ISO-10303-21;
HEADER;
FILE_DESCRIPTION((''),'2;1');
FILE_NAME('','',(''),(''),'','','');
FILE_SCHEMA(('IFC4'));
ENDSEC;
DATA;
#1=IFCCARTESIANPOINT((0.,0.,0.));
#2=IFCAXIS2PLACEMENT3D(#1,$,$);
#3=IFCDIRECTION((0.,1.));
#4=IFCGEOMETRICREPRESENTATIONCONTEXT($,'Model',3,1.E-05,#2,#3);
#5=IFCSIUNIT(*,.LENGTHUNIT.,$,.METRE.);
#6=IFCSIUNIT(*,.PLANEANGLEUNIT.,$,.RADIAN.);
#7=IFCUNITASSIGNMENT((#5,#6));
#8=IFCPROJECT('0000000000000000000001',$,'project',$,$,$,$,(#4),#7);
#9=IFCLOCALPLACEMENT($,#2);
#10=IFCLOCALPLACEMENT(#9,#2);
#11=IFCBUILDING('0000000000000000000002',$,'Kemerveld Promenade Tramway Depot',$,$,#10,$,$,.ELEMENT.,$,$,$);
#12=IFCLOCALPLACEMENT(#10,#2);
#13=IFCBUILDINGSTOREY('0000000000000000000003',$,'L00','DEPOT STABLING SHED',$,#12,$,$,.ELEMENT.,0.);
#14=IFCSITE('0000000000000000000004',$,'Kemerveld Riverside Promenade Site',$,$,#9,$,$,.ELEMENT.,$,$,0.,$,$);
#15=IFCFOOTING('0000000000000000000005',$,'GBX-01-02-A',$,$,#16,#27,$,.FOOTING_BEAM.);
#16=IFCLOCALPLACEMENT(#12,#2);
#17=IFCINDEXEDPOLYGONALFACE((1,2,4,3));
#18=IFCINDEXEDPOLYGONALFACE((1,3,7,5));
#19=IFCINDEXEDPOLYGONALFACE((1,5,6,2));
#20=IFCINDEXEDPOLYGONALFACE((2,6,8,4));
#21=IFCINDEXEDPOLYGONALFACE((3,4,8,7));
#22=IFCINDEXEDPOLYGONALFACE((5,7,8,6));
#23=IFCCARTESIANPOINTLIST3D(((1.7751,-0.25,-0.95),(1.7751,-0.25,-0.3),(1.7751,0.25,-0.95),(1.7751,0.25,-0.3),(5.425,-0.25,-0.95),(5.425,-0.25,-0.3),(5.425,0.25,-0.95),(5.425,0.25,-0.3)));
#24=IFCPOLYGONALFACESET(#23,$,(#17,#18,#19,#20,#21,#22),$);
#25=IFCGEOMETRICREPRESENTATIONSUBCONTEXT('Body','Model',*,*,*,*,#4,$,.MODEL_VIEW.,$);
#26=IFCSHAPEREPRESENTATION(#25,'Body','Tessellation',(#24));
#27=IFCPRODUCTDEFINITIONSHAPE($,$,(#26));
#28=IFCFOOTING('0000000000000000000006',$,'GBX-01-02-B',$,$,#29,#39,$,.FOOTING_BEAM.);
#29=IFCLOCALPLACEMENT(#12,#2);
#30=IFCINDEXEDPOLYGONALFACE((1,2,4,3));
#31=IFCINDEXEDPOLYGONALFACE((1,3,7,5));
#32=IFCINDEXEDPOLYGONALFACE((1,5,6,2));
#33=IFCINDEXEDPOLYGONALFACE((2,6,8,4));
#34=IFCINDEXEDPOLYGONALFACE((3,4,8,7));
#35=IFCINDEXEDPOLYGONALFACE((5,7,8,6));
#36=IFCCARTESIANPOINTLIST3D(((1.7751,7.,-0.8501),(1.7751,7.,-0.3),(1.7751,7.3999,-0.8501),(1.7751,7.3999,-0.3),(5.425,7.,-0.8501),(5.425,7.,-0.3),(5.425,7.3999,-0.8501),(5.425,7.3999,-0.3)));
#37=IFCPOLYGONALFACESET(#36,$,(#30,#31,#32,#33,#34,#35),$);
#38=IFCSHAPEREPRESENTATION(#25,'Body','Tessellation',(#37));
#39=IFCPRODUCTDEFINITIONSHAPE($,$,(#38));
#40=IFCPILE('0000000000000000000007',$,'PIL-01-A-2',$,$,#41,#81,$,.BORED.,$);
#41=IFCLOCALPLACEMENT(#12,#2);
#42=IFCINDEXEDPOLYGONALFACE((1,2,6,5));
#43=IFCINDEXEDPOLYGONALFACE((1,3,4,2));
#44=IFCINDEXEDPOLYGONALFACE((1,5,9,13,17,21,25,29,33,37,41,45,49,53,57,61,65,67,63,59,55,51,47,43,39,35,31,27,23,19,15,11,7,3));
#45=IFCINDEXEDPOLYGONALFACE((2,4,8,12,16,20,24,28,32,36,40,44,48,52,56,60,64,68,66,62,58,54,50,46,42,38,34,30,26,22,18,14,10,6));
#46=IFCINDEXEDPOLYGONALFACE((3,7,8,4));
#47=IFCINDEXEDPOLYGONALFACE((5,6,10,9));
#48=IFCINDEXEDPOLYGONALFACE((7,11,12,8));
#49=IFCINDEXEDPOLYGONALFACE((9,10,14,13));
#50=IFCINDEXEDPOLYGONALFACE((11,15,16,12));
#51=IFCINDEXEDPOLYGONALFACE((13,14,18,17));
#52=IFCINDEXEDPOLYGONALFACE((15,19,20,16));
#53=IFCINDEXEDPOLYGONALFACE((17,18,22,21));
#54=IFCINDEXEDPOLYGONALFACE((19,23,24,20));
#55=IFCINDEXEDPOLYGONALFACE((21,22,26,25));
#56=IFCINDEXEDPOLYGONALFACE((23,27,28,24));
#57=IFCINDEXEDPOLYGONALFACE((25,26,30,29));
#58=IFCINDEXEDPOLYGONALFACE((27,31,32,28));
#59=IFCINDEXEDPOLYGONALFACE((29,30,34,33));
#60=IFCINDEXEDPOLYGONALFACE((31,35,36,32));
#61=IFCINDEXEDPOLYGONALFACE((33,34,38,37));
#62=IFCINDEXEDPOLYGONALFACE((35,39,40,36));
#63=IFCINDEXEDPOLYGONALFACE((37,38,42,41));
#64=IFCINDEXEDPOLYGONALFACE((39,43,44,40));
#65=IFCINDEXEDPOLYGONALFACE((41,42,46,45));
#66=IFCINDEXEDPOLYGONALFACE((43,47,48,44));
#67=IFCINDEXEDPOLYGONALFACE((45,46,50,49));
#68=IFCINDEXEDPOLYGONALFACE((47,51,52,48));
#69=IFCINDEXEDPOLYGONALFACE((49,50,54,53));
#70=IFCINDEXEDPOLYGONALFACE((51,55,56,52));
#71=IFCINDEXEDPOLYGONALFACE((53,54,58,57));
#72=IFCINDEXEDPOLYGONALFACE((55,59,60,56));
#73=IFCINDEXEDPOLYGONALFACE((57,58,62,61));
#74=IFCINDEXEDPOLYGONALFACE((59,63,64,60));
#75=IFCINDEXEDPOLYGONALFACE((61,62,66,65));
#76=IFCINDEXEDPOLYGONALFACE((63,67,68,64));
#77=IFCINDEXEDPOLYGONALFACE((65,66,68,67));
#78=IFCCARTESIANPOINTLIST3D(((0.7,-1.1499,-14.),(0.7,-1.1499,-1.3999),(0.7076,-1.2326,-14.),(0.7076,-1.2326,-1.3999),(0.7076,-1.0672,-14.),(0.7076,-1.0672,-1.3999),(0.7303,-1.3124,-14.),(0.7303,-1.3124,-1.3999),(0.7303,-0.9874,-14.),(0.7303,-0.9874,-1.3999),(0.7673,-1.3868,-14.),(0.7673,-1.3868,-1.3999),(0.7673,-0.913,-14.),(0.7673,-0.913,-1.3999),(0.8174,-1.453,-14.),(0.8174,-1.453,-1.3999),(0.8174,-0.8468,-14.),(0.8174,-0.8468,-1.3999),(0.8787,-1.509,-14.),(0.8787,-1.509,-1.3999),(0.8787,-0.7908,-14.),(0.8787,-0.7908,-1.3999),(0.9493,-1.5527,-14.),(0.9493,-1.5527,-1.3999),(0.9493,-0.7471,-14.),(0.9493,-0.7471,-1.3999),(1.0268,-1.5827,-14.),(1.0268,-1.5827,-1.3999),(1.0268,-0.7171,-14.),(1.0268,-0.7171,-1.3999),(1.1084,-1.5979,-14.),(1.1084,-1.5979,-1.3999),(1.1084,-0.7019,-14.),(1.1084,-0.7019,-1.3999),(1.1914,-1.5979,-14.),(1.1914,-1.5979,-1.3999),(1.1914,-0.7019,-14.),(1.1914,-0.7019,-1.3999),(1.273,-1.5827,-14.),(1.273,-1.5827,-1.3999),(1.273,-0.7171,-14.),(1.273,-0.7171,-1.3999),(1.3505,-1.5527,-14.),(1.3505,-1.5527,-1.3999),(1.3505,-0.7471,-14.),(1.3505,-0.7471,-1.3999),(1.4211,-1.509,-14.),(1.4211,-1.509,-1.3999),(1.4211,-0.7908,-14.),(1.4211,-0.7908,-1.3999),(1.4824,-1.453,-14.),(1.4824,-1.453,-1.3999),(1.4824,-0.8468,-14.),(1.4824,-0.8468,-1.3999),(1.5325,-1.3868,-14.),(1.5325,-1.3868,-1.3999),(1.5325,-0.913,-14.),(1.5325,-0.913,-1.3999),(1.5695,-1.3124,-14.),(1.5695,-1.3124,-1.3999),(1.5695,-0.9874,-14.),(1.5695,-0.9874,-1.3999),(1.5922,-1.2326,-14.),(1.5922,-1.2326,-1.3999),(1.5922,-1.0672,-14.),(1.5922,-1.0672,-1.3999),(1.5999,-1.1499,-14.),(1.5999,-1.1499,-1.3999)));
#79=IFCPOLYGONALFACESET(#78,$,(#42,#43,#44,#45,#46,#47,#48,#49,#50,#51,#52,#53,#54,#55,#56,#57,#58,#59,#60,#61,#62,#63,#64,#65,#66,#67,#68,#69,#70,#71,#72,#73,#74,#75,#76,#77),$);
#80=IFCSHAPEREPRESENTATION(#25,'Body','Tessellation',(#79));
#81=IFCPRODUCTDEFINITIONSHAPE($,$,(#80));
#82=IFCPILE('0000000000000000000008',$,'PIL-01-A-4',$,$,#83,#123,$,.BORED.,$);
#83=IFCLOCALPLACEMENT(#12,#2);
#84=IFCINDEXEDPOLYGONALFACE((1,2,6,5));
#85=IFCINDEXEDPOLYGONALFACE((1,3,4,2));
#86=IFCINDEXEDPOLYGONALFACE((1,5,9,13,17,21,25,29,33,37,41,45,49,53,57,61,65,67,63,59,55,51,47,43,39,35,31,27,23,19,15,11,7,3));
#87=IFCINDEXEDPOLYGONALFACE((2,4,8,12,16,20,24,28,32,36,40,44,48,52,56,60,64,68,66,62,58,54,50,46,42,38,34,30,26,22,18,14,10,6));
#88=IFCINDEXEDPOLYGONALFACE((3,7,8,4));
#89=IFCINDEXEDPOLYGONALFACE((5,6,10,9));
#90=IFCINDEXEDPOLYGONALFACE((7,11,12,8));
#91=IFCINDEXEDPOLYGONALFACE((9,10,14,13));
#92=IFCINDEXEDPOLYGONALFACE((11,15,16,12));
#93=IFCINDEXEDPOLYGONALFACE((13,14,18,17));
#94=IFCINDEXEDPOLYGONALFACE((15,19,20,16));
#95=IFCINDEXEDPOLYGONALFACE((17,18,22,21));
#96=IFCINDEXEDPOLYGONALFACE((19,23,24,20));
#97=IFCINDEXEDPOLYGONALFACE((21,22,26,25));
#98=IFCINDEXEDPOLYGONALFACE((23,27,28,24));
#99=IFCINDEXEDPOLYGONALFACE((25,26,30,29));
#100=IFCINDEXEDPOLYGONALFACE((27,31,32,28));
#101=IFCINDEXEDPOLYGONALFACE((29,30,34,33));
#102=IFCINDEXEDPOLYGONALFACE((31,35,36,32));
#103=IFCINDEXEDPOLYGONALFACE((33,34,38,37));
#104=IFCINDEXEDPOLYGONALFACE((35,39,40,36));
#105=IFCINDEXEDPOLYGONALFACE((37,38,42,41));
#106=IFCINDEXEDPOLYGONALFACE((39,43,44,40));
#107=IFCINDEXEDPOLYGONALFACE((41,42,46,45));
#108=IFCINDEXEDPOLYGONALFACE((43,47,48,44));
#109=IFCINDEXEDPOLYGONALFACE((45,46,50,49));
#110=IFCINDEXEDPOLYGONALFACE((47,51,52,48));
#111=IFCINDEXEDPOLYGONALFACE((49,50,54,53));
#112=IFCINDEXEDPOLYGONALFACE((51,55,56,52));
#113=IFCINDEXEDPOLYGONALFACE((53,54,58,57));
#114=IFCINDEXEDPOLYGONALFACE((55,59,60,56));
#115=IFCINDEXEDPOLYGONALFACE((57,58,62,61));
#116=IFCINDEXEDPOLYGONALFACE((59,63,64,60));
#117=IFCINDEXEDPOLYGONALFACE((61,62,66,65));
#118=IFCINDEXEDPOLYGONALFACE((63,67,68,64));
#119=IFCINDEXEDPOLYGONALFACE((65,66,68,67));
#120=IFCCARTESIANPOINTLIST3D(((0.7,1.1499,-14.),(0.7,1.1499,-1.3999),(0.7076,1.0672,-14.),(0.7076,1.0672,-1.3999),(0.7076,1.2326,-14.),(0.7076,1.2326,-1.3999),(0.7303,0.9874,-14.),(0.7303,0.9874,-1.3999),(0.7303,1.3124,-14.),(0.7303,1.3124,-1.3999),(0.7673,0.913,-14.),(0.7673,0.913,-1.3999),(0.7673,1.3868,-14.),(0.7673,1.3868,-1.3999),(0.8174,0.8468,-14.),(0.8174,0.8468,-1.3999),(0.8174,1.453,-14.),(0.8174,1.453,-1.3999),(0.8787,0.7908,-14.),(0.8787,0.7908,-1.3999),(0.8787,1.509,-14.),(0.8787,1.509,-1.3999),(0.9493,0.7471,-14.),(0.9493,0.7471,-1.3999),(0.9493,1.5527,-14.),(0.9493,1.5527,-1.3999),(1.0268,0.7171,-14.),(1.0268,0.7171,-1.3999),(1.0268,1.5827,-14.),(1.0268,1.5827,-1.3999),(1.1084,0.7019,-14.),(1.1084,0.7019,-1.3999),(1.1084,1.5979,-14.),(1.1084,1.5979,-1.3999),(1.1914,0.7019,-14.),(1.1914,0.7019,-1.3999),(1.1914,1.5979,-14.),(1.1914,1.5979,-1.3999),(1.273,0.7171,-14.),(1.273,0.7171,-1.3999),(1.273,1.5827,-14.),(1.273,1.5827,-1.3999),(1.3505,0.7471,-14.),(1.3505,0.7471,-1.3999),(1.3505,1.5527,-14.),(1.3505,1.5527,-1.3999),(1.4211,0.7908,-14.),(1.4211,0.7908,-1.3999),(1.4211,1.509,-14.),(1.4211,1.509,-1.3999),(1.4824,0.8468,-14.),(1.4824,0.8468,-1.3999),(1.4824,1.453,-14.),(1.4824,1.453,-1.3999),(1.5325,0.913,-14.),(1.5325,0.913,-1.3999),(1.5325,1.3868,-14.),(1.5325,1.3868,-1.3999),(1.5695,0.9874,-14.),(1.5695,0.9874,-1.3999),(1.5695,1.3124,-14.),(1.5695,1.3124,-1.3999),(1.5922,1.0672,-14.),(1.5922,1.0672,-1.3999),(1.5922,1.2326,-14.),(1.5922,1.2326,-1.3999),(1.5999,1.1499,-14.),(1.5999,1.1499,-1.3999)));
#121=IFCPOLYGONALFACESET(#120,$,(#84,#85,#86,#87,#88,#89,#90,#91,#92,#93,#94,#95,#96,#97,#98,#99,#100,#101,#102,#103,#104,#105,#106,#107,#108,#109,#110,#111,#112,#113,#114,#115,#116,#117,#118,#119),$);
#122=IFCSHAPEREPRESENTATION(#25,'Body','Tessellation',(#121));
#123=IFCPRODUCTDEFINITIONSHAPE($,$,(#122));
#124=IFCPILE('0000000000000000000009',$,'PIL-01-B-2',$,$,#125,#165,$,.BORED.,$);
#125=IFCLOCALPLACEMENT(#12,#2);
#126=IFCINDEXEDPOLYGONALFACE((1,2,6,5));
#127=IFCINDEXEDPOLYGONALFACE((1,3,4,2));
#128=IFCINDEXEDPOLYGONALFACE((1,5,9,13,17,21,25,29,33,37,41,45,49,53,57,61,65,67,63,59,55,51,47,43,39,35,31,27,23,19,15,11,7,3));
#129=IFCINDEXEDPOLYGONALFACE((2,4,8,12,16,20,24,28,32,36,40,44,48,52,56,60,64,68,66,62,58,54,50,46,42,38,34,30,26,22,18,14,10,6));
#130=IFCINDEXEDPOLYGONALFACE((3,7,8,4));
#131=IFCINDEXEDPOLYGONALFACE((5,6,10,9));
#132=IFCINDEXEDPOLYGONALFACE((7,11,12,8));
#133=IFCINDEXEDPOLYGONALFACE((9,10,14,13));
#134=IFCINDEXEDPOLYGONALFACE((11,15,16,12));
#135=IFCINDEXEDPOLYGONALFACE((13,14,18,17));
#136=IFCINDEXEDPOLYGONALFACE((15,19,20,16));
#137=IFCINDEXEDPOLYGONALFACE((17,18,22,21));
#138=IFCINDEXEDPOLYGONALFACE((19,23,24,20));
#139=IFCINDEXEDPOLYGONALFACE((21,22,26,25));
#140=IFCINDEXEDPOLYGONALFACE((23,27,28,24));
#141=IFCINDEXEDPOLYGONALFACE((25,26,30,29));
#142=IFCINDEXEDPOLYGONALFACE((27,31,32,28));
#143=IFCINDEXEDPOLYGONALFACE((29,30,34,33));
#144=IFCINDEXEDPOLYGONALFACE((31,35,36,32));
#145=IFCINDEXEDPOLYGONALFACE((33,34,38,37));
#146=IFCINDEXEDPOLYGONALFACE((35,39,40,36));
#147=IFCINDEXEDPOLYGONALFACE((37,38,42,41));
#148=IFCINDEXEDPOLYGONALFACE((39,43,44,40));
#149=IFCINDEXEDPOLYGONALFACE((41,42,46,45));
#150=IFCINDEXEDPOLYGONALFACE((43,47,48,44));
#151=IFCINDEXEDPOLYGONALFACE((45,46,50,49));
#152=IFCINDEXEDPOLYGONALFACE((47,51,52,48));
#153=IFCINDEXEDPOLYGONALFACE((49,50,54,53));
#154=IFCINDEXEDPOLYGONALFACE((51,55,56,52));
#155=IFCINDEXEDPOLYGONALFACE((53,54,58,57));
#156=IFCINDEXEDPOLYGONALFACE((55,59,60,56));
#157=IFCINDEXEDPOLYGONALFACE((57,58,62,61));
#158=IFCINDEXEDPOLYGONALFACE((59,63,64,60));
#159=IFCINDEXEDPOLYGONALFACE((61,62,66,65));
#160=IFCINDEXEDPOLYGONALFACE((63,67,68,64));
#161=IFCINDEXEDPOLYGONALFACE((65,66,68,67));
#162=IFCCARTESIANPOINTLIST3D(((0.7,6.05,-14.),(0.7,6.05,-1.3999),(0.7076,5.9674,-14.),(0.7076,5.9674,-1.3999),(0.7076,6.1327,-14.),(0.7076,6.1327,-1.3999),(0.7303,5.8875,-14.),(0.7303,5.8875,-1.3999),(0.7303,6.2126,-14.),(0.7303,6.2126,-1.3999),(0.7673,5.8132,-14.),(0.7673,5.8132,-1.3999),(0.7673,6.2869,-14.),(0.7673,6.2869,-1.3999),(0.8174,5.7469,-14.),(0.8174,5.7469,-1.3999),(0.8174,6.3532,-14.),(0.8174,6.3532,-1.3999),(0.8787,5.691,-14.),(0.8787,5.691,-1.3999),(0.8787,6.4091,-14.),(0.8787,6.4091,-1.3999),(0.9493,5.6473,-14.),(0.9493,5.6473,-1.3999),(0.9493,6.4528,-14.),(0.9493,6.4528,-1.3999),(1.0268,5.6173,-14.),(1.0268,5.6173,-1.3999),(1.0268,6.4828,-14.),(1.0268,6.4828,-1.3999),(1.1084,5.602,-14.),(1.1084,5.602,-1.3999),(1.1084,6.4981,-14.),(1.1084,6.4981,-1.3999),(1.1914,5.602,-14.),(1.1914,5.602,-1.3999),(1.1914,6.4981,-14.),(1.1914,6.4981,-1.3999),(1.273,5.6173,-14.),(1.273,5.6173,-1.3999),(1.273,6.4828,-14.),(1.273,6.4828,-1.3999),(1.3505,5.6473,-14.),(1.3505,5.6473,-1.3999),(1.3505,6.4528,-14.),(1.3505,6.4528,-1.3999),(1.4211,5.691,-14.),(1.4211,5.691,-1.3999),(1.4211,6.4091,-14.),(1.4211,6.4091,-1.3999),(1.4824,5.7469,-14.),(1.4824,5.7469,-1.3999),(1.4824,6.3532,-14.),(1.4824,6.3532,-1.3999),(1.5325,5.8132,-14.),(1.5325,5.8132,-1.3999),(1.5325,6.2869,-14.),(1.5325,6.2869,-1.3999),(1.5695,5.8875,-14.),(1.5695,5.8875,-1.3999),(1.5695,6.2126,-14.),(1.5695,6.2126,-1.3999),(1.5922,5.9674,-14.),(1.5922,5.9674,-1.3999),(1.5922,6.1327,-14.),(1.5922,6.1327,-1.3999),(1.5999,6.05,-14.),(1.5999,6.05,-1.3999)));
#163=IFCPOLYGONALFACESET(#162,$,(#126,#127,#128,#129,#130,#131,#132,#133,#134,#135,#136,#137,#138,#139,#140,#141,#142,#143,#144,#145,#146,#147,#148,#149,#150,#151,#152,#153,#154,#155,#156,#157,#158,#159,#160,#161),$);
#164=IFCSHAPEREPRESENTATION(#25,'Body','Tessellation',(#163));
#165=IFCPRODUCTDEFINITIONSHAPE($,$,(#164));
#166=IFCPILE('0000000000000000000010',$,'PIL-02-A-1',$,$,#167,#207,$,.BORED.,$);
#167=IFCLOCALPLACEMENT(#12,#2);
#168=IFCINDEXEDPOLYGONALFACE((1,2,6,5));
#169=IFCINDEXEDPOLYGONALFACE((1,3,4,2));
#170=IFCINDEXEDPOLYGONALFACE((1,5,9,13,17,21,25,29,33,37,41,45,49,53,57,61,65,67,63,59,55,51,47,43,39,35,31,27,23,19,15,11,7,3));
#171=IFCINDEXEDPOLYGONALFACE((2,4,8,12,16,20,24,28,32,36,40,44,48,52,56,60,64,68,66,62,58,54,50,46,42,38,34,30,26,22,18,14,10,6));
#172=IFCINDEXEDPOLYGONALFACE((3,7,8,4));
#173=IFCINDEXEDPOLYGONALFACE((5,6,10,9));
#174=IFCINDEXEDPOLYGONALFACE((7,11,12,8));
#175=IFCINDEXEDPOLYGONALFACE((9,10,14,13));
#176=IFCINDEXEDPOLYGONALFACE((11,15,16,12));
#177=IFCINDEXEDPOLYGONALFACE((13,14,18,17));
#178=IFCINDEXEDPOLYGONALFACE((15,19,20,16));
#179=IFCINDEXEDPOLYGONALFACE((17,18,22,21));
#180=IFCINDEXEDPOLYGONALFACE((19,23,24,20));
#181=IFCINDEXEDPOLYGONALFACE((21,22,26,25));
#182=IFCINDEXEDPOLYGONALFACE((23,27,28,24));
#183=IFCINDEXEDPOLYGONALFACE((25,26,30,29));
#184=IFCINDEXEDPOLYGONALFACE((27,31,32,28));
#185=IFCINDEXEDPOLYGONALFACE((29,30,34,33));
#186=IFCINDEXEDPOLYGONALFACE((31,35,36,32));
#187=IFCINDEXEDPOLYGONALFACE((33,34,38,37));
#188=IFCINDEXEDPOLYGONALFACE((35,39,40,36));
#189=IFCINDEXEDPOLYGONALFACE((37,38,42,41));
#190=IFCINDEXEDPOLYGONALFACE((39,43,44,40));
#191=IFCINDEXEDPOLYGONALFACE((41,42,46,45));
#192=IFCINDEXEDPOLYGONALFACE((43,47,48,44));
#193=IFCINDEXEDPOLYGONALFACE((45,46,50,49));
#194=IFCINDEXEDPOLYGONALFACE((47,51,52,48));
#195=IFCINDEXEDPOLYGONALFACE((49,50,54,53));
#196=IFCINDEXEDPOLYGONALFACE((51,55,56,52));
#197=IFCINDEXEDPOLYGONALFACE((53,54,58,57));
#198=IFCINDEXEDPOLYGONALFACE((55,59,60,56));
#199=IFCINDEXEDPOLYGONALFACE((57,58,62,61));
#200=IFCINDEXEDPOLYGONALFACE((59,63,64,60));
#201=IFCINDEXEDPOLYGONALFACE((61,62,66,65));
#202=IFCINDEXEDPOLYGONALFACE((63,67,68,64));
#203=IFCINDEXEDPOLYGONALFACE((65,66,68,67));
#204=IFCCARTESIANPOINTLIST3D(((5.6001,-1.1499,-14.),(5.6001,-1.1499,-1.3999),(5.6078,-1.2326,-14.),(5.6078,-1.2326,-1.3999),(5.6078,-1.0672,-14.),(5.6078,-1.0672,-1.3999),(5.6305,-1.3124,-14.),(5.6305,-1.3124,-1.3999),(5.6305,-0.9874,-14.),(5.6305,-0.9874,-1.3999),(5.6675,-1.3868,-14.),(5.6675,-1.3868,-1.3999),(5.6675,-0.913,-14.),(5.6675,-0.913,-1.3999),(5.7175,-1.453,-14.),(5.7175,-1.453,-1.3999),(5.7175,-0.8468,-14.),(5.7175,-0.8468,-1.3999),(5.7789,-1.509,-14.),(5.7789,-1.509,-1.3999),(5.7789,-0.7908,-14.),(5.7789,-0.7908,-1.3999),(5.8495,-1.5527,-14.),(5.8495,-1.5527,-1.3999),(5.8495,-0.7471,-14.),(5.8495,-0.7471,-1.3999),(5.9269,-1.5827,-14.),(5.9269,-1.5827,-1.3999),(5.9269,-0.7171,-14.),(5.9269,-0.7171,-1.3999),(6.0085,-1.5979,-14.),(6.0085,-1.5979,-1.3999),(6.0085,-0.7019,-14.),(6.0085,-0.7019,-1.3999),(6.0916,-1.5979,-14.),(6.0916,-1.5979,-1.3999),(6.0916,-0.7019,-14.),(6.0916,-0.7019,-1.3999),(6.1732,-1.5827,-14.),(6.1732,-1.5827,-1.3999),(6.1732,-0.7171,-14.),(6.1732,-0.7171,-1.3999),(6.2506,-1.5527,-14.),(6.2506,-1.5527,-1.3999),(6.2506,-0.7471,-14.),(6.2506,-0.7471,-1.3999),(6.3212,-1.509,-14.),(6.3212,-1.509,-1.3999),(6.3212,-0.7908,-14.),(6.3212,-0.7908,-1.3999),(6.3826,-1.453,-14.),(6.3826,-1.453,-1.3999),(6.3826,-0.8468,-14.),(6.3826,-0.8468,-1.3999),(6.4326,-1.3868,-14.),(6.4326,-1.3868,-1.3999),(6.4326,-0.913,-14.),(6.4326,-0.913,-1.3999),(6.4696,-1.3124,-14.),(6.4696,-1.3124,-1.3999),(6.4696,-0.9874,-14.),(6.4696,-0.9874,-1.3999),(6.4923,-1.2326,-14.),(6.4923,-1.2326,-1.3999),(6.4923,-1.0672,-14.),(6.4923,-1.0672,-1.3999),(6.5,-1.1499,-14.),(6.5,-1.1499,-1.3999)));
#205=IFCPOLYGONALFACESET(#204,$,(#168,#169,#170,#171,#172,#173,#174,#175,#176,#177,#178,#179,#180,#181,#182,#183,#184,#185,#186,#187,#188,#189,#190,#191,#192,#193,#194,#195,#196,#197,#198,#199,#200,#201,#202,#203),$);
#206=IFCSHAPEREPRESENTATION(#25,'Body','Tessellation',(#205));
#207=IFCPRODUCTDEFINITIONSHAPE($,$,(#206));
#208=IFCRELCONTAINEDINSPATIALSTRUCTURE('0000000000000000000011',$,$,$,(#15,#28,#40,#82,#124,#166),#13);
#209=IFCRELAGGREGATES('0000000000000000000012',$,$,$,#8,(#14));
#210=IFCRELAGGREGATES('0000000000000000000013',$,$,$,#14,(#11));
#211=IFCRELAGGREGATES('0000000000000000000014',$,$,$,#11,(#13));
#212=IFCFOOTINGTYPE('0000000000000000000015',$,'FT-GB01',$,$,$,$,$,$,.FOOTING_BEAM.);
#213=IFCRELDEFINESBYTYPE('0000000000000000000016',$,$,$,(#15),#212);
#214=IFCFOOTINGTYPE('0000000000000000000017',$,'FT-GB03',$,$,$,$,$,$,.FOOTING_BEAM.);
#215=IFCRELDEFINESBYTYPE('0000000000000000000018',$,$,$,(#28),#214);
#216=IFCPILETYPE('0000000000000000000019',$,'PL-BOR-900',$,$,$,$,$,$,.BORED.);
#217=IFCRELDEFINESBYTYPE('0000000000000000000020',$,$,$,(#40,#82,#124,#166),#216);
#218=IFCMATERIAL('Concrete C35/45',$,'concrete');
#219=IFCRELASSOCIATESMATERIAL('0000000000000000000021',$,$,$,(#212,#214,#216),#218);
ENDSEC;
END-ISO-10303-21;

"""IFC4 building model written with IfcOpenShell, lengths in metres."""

from ifc_helpers import new_model, si_unit, direction, frame, origin, origin_2d, place, context, subcontext, project, spatial, rectangle, circle, extrude, material, material_profile, profile_set, type_object, element, save


model = new_model("IFC4")

# Units and contexts
model_context = context("Model", 3, precision=1e-05, world=origin(), true_north=direction((0.0, 1.0)))
body_context = subcontext(model_context, "Body", "Model", "MODEL_VIEW")
ifc_project = project(units=[si_unit("LENGTHUNIT", "METRE"), si_unit("PLANEANGLEUNIT", "RADIAN")], contexts=[model_context])

# Site, building, storey
site_placement = place(None, origin())
site = spatial("IfcSite", under=ifc_project, at=site_placement, Name="Kemerveld Riverside Promenade Site", CompositionType="ELEMENT", RefElevation=0.0)
building_placement = place(site_placement, origin())
building = spatial("IfcBuilding", under=site, at=building_placement, Name="Kemerveld Promenade Tramway Depot", CompositionType="ELEMENT")
storey_placement = place(building_placement, origin())
storey = spatial("IfcBuildingStorey", under=building, at=storey_placement, Name="L00", Description="DEPOT STABLING SHED", CompositionType="ELEMENT", Elevation=0.0)

# Footings
ifc_material_1 = material(Name="Concrete C35/45", Category="concrete")
footing_type_1 = type_object("IfcFootingType", Name="FT-GB01", PredefinedType="FOOTING_BEAM", material=ifc_material_1)
footing_1_placement = place(storey_placement, frame((3.6001, 0.0, -0.95), z_axis=(0.0, 0.0, 1.0), x_axis=(1.0, 0.0, 0.0)))
element("IfcFooting", 1, at=footing_1_placement, inside=storey, type_object=footing_type_1, Name="GBX-01-02-A", PredefinedType="FOOTING_BEAM", context=body_context, shape_type="SweptSolid", body=[
    extrude(rectangle(XDim=3.6499, YDim=0.5, at=origin_2d()), origin(), (0.0, 0.0, 1.0), 0.6499),
])
footing_type_2 = type_object("IfcFootingType", Name="FT-GB03", PredefinedType="FOOTING_BEAM", material=ifc_material_1)
footing_2_placement = place(storey_placement, frame((3.6001, 7.2, -0.8501), z_axis=(0.0, 0.0, 1.0), x_axis=(1.0, 0.0, 0.0)))
element("IfcFooting", 2, at=footing_2_placement, inside=storey, type_object=footing_type_2, Name="GBX-01-02-B", PredefinedType="FOOTING_BEAM", context=body_context, shape_type="SweptSolid", body=[
    extrude(rectangle(XDim=3.6499, YDim=0.3999, at=origin_2d()), origin(), (0.0, 0.0, 1.0), 0.55),
])

# Piles
ifc_material_profile_1 = material_profile(ifc_material_1, circle(Radius=0.45, at=origin_2d()), Name="PILE-D900")
ifc_profile_set_1 = profile_set([ifc_material_profile_1], Name="Concrete C35/45")
pile_type = type_object("IfcPileType", Name="PL-BOR-900", PredefinedType="BORED", material=ifc_profile_set_1)
for number, where, z_axis, x_axis, name in (
    (3, (1.1499, -1.1499, -1.3999), (0.0, 0.0, -1.0), (1.0, 0.0, 0.0), "PIL-01-A-2"),
    (4, (1.1499, 1.1499, -1.3999), (0.0, 0.0, -1.0), (1.0, 0.0, 0.0), "PIL-01-A-4"),
    (5, (1.1499, 6.05, -1.3999), (0.0, 0.0, -1.0), (1.0, 0.0, 0.0), "PIL-01-B-2"),
    (6, (6.05, -1.1499, -1.3999), (0.0, 0.0, -1.0), (1.0, 0.0, 0.0), "PIL-02-A-1"),
):
    element("IfcPile", number, at=place(storey_placement, frame(where, z_axis=z_axis, x_axis=x_axis)), inside=storey, type_object=pile_type, Name=name, PredefinedType="BORED", context=body_context, shape_type="SweptSolid", body=[
        extrude(circle(Radius=0.45, at=origin_2d()), origin(), (0.0, 0.0, 1.0), 12.6001),
    ])

save(model, "model.ifc")
